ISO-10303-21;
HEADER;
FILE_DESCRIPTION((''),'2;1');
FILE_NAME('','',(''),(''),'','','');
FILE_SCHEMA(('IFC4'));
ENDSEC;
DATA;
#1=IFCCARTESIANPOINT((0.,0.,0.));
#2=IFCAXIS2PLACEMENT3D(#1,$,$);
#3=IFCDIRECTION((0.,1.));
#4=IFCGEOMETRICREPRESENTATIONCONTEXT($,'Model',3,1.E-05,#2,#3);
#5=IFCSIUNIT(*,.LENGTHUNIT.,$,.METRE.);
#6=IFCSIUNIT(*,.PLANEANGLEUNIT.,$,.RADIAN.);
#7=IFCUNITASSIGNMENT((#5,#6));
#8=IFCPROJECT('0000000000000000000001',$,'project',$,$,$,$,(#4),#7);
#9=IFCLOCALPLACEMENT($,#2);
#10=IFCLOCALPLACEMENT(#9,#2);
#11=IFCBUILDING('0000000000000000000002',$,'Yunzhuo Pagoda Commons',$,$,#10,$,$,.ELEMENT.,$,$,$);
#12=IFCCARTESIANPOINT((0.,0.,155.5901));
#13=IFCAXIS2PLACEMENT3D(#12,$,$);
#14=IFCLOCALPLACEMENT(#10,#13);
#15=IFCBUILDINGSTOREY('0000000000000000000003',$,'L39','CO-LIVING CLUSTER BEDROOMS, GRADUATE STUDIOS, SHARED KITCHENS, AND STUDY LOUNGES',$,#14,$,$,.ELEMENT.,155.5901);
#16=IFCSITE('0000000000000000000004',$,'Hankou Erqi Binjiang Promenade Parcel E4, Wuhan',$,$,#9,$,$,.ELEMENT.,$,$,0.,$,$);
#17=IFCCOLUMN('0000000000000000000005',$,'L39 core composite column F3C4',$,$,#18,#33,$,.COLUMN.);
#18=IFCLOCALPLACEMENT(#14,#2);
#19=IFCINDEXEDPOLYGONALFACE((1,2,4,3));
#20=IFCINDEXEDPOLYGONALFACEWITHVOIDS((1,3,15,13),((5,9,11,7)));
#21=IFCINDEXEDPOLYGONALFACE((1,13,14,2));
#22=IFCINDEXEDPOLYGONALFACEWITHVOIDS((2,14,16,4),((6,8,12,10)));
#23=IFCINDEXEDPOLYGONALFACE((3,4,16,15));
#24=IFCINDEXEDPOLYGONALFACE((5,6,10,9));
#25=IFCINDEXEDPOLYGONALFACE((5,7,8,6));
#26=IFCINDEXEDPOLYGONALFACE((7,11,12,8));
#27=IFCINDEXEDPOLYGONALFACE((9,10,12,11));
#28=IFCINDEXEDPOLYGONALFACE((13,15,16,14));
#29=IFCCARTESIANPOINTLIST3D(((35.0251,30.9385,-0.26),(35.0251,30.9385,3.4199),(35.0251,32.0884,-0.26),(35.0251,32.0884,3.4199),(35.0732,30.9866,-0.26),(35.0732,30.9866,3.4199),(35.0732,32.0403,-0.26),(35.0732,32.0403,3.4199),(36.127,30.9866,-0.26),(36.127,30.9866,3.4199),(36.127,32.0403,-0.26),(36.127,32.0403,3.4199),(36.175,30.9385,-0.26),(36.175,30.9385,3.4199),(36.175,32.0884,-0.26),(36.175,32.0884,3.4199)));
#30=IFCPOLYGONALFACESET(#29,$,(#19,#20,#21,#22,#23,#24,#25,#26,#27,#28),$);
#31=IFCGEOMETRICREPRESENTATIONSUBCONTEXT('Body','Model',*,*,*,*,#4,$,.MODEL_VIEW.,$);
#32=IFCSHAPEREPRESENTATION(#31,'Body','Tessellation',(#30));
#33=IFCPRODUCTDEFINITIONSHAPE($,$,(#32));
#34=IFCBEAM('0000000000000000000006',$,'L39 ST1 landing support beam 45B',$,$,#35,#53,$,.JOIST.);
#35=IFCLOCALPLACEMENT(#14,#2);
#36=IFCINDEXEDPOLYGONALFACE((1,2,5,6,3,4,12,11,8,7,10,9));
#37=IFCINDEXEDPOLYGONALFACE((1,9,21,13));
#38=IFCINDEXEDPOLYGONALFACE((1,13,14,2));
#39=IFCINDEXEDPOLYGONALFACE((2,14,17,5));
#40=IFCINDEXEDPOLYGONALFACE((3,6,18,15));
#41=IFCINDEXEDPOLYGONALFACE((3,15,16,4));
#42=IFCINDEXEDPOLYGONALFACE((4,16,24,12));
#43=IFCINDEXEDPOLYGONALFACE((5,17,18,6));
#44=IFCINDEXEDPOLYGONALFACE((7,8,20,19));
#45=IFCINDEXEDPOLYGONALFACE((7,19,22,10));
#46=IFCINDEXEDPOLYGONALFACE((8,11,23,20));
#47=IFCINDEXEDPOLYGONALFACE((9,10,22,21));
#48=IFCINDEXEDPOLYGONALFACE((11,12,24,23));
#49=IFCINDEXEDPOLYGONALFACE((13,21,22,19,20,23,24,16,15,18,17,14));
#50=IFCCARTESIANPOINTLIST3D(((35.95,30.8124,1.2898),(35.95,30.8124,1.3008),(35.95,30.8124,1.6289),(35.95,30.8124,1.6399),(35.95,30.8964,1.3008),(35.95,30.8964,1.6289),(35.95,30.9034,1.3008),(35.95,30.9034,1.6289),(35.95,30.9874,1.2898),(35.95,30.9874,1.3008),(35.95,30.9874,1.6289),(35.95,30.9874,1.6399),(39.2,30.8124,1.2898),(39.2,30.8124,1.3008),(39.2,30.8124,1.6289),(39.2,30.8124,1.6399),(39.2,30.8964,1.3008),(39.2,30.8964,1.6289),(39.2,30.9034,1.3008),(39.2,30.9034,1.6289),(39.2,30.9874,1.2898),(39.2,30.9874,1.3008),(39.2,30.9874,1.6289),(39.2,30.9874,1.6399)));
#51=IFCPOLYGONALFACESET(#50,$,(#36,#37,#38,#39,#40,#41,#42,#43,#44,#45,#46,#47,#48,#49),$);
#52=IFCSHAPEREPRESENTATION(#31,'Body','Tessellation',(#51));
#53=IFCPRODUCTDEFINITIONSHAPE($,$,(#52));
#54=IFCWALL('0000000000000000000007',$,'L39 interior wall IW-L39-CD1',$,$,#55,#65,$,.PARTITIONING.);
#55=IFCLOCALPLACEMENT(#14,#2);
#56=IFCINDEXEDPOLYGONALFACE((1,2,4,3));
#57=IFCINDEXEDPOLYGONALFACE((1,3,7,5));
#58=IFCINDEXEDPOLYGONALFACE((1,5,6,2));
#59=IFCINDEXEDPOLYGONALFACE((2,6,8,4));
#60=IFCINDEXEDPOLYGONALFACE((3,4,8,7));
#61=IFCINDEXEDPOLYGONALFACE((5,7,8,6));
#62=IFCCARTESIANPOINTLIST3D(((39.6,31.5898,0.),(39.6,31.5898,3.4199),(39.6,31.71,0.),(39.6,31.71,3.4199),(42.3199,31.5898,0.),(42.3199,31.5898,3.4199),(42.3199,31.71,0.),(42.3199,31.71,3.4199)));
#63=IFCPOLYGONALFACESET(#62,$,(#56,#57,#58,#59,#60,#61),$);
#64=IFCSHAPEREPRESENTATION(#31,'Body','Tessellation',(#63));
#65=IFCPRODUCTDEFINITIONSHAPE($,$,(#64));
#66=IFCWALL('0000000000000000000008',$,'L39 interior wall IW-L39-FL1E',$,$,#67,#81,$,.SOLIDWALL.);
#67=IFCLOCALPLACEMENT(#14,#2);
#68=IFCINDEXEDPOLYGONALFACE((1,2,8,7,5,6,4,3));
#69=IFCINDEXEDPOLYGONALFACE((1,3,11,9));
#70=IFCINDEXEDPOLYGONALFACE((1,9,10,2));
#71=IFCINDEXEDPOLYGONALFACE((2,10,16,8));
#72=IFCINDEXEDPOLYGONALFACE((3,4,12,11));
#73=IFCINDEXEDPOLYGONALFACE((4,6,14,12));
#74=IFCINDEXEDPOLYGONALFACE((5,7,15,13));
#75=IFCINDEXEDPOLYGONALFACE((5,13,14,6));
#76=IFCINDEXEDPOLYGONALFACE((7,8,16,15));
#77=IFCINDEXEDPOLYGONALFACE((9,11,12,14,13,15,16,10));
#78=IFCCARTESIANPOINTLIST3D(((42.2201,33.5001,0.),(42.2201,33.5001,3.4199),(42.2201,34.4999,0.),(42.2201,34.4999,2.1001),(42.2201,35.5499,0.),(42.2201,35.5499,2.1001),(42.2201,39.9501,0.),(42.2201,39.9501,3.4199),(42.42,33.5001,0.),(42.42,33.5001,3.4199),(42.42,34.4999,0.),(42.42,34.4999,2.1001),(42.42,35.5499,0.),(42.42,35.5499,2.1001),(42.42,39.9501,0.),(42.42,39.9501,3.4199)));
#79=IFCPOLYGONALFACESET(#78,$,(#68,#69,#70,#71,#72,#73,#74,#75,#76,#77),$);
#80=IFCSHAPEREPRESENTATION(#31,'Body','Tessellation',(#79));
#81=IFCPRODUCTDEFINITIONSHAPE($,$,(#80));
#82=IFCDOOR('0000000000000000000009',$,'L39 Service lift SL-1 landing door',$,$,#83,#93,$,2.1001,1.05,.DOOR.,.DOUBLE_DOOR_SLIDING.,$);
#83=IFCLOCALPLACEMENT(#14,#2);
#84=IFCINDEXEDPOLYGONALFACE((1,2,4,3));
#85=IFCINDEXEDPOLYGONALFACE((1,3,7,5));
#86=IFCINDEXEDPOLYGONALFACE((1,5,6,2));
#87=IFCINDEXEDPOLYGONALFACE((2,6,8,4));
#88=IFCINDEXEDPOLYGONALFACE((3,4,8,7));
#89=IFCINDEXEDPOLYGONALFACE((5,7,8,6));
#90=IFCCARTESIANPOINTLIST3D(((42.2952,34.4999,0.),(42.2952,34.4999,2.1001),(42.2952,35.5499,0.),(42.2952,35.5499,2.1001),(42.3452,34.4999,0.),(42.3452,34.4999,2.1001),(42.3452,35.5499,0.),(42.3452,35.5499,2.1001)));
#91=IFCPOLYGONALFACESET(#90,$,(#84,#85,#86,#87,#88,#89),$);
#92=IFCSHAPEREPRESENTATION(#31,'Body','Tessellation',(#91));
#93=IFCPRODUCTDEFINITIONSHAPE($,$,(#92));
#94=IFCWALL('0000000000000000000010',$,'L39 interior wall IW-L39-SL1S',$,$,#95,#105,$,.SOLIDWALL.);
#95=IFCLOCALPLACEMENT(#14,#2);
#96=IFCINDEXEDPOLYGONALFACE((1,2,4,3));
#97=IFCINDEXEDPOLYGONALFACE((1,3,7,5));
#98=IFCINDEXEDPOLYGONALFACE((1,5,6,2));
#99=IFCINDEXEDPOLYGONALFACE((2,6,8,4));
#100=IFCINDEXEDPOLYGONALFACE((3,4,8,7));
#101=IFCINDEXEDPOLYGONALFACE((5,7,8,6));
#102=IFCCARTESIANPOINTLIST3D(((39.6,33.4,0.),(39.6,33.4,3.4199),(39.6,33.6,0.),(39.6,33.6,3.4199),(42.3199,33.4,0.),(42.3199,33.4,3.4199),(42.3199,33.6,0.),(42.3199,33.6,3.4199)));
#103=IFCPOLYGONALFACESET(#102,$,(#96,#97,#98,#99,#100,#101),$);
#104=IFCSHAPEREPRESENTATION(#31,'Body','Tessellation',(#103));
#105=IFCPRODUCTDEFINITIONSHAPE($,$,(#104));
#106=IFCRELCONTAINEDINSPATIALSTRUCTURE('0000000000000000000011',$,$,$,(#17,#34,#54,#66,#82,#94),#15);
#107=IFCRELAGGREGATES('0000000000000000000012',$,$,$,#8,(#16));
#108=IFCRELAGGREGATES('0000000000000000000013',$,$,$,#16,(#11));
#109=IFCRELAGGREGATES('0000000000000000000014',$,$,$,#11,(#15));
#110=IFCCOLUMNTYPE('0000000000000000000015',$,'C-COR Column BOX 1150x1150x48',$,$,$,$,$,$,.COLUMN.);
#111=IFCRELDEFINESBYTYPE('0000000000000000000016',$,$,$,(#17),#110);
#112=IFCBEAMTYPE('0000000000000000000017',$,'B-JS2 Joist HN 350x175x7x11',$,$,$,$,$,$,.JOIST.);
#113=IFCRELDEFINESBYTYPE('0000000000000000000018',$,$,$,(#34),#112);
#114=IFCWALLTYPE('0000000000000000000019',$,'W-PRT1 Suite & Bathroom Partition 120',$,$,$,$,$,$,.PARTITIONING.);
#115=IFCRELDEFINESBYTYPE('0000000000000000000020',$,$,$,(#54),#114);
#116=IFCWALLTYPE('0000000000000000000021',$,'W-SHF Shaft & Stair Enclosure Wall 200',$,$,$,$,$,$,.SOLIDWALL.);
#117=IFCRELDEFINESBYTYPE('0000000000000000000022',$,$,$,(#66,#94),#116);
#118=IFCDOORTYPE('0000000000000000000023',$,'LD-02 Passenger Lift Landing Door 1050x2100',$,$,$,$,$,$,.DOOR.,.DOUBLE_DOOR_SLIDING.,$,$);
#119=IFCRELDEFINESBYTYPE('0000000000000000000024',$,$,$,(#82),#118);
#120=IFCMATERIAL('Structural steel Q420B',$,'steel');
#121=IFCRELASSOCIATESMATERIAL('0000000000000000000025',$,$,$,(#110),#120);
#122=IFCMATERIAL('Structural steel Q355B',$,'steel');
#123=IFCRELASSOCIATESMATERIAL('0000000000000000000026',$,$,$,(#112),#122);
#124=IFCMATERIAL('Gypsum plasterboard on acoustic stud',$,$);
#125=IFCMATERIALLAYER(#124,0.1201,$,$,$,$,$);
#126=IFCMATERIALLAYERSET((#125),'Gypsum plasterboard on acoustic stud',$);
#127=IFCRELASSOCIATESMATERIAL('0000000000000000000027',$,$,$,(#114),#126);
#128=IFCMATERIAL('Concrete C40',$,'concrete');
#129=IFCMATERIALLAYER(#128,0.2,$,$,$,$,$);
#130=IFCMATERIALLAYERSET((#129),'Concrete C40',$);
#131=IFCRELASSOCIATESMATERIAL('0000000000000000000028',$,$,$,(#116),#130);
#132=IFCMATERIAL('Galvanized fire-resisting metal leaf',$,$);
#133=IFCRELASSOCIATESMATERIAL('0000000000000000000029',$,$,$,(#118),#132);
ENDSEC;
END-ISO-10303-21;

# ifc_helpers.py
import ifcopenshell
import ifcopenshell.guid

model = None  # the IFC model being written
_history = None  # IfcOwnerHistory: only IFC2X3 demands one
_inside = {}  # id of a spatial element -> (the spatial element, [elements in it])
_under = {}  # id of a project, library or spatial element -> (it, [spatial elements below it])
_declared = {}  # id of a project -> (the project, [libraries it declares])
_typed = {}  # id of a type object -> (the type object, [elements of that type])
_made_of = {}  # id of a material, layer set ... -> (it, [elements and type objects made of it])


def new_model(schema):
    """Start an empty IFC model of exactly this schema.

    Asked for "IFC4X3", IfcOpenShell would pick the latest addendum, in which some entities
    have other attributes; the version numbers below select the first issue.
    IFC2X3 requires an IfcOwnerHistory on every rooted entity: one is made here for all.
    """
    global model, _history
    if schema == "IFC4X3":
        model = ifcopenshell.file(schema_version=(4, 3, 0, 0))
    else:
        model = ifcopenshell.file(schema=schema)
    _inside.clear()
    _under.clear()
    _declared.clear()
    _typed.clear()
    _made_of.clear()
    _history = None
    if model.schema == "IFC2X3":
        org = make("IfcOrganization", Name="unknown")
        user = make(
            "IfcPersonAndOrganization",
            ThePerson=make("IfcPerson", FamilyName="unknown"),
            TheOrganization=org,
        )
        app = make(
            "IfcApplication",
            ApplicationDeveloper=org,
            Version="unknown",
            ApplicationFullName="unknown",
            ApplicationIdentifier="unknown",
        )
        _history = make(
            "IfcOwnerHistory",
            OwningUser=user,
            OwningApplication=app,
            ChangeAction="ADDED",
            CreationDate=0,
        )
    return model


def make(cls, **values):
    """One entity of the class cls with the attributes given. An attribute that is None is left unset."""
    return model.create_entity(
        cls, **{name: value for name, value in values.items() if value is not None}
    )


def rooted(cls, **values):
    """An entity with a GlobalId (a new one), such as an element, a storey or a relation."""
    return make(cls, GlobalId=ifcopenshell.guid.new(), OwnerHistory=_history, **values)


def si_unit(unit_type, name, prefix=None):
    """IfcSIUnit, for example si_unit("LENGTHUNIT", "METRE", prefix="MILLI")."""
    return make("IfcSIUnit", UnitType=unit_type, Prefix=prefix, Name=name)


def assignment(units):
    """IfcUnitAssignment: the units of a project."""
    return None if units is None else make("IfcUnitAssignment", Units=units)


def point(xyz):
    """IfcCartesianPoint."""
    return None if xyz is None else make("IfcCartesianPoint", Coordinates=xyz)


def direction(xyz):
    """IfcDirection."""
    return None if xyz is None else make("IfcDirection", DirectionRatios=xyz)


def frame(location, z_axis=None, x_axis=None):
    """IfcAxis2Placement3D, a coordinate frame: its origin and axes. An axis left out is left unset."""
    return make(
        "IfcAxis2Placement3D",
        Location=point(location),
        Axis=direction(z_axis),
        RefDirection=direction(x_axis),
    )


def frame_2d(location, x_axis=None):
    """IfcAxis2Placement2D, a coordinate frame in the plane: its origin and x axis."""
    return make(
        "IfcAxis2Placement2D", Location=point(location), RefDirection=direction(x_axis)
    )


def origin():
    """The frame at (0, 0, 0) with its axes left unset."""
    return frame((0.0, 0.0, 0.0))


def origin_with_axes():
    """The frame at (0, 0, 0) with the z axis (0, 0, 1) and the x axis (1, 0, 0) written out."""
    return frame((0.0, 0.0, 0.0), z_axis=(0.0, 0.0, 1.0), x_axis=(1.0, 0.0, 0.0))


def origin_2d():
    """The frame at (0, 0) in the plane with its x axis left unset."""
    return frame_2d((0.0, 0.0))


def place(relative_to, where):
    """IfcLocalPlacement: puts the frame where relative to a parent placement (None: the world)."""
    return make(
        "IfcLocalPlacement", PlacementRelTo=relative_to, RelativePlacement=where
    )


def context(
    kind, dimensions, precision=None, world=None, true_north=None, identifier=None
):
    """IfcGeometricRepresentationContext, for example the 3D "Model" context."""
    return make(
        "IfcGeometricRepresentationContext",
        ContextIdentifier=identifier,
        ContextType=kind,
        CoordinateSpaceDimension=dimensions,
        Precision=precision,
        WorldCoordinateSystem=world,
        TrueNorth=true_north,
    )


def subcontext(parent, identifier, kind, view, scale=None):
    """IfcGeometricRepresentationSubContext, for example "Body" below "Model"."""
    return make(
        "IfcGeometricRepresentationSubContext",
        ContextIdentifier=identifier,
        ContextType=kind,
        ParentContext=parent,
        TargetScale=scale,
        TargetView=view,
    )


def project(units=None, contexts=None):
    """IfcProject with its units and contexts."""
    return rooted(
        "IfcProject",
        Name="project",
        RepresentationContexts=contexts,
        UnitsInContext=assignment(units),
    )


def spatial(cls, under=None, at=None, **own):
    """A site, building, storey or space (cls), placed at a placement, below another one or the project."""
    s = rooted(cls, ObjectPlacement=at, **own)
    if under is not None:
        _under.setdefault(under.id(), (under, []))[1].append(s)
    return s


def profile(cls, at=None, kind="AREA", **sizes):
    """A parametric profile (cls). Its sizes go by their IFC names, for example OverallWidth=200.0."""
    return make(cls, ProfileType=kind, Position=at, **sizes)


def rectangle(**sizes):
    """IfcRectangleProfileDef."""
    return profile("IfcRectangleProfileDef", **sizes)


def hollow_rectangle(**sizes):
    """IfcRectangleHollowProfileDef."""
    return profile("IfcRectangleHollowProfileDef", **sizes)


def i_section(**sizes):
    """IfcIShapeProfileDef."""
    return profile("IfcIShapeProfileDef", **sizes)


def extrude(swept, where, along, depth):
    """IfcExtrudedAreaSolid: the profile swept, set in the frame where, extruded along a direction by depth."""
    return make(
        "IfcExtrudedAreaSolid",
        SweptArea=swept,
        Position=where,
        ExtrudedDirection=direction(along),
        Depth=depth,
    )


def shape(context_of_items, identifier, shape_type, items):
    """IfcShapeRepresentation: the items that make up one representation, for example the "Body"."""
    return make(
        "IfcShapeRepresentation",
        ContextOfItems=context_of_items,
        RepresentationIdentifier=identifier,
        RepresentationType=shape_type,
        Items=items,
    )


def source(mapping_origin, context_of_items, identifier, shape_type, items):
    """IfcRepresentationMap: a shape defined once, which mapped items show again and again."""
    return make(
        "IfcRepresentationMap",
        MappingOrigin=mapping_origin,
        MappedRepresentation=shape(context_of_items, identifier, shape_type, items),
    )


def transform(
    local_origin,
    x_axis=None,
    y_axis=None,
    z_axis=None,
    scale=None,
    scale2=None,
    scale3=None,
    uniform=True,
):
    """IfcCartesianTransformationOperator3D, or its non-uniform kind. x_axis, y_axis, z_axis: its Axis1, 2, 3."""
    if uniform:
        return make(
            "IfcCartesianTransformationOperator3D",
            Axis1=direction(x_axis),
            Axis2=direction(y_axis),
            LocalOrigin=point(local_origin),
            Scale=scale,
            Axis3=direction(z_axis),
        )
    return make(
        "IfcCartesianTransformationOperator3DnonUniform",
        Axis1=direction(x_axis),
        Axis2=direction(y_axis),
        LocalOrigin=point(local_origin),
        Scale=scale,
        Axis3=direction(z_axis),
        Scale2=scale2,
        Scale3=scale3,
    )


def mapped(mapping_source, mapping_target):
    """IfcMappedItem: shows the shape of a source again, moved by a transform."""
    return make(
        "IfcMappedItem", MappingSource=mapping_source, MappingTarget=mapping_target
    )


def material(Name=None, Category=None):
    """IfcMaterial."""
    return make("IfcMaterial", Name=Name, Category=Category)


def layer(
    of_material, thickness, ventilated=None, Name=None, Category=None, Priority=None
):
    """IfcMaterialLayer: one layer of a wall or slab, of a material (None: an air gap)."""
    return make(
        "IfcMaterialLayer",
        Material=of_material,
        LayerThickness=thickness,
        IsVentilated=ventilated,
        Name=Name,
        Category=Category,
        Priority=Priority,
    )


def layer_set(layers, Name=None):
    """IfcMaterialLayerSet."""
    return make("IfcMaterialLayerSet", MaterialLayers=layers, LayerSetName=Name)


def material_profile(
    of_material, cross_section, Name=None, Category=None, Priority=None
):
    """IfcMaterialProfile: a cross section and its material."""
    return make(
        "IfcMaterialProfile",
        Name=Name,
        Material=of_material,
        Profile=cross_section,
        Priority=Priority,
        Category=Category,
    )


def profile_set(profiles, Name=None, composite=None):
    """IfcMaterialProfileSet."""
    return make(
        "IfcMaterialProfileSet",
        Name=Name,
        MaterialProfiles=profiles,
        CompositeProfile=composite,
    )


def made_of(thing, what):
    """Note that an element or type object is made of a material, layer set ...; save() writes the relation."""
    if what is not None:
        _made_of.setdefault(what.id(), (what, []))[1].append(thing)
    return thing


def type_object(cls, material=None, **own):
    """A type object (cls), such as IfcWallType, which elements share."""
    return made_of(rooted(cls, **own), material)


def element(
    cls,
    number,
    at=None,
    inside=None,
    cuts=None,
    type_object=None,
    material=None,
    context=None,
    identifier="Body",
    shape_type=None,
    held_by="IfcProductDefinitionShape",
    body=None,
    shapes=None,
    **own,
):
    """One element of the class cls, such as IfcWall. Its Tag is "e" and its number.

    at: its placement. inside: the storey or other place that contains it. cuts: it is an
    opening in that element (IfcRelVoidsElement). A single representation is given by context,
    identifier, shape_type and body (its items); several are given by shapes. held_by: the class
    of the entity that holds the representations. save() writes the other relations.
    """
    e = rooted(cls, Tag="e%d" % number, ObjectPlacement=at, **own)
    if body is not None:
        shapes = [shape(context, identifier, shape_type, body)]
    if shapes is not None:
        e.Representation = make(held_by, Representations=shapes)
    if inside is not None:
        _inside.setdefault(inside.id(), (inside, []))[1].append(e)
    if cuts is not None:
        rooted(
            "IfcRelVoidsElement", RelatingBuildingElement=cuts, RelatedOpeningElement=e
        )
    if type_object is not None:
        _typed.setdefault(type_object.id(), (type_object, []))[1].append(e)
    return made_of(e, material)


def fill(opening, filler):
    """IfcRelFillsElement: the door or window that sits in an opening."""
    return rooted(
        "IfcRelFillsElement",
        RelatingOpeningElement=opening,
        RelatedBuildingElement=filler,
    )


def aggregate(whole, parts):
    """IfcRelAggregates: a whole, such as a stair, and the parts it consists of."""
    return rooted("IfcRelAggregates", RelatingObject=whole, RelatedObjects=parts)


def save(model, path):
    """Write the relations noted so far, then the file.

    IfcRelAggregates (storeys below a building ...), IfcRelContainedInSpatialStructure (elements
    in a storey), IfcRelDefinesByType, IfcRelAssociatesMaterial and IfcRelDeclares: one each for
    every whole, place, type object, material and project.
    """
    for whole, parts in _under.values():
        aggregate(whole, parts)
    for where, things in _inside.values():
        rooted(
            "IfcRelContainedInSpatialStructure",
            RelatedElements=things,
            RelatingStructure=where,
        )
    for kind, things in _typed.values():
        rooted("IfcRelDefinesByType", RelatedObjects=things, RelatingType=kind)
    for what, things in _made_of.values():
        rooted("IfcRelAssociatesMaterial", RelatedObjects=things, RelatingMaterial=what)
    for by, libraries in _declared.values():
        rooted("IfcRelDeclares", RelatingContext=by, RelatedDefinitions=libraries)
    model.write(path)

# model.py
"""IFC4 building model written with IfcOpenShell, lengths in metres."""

from ifc_helpers import new_model, si_unit, direction, frame, frame_2d, origin, origin_with_axes, origin_2d, place, context, subcontext, project, spatial, rectangle, hollow_rectangle, i_section, extrude, source, transform, mapped, material, layer, layer_set, material_profile, profile_set, type_object, element, fill, save


model = new_model("IFC4")

# Units and contexts
model_context = context("Model", 3, precision=1e-05, world=origin(), true_north=direction((0.0, 1.0)))
body_context = subcontext(model_context, "Body", "Model", "MODEL_VIEW")
ifc_project = project(units=[si_unit("LENGTHUNIT", "METRE"), si_unit("PLANEANGLEUNIT", "RADIAN")], contexts=[model_context])

# Site, building, storey
site_placement = place(None, origin())
site = spatial("IfcSite", under=ifc_project, at=site_placement, Name="Hankou Erqi Binjiang Promenade Parcel E4, Wuhan", CompositionType="ELEMENT", RefElevation=0.0)
building_placement = place(site_placement, origin())
building = spatial("IfcBuilding", under=site, at=building_placement, Name="Yunzhuo Pagoda Commons", CompositionType="ELEMENT")
storey_placement = place(building_placement, frame((0.0, 0.0, 155.5901)))
storey = spatial("IfcBuildingStorey", under=building, at=storey_placement, Name="L39", Description="CO-LIVING CLUSTER BEDROOMS, GRADUATE STUDIOS, SHARED KITCHENS, AND STUDY LOUNGES", CompositionType="ELEMENT", Elevation=155.5901)

# Column
ifc_material_1 = material(Name="Structural steel Q420B", Category="steel")
ifc_material_profile_1 = material_profile(ifc_material_1, hollow_rectangle(XDim=1.1499, YDim=1.1499, WallThickness=0.0481, at=origin_2d()), Name="Structural steel Q420B")
ifc_profile_set_1 = profile_set([ifc_material_profile_1], Name="Structural steel Q420B")
column_type = type_object("IfcColumnType", Name="C-COR Column BOX 1150x1150x48", PredefinedType="COLUMN", material=ifc_profile_set_1)
shared_shape_1 = source(origin(), body_context, "Body", "SweptSolid", [
    extrude(hollow_rectangle(XDim=1.1499, YDim=1.1499, WallThickness=0.0481, at=origin_2d()), origin(), (0.0, 0.0, 1.0), 3.6799),
])
column_placement = place(storey_placement, frame((35.6001, 31.5134, -0.26), z_axis=(0.0, 0.0, 1.0), x_axis=(1.0, 0.0, 0.0)))
element("IfcColumn", 1, at=column_placement, inside=storey, type_object=column_type, Name="L39 core composite column F3C4", PredefinedType="COLUMN", context=body_context, shape_type="MappedRepresentation", body=[
    mapped(shared_shape_1, transform((0.0, 0.0, 0.0), scale=1.0)),
])

# Beam
ifc_material_2 = material(Name="Structural steel Q355B", Category="steel")
ifc_material_profile_2 = material_profile(ifc_material_2, i_section(OverallWidth=0.175, OverallDepth=0.3501, WebThickness=0.0071, FlangeThickness=0.011, at=origin_2d()), Name="Structural steel Q355B")
ifc_profile_set_2 = profile_set([ifc_material_profile_2], Name="Structural steel Q355B")
beam_type = type_object("IfcBeamType", Name="B-JS2 Joist HN 350x175x7x11", PredefinedType="JOIST", material=ifc_profile_set_2)
shared_shape_2 = source(origin(), body_context, "Body", "SweptSolid", [
    extrude(i_section(OverallWidth=0.175, OverallDepth=0.3501, WebThickness=0.0071, FlangeThickness=0.011, at=origin_2d()), origin(), (0.0, 0.0, 1.0), 3.25),
])
beam_placement = place(storey_placement, frame((35.95, 30.8999, 1.4648), z_axis=(1.0, 0.0, 0.0), x_axis=(0.0, 1.0, 0.0)))
element("IfcBeam", 2, at=beam_placement, inside=storey, type_object=beam_type, Name="L39 ST1 landing support beam 45B", PredefinedType="JOIST", context=body_context, shape_type="MappedRepresentation", body=[
    mapped(shared_shape_2, transform((0.0, 0.0, 0.0), scale=1.0)),
])

# Wall
ifc_material_3 = material(Name="Gypsum plasterboard on acoustic stud")
ifc_layer_1 = layer(ifc_material_3, 0.1201)
ifc_layer_set_1 = layer_set([ifc_layer_1], Name="Gypsum plasterboard on acoustic stud")
wall_type_1 = type_object("IfcWallType", Name="W-PRT1 Suite & Bathroom Partition 120", PredefinedType="PARTITIONING", material=ifc_layer_set_1)
wall_1_placement = place(storey_placement, frame((39.6001, 31.6499, 0.0), z_axis=(0.0, 0.0, 1.0), x_axis=(1.0, 0.0, 0.0)))
element("IfcWall", 3, at=wall_1_placement, inside=storey, type_object=wall_type_1, Name="L39 interior wall IW-L39-CD1", PredefinedType="PARTITIONING", context=body_context, shape_type="SweptSolid", body=[
    extrude(rectangle(XDim=2.72, YDim=0.1201, at=frame_2d((1.3599, 0.0))), origin(), (0.0, 0.0, 1.0), 3.4199),
])

# Wall, opening, door
ifc_material_4 = material(Name="Concrete C40", Category="concrete")
ifc_layer_2 = layer(ifc_material_4, 0.2)
ifc_layer_set_2 = layer_set([ifc_layer_2], Name="Concrete C40")
wall_type_2 = type_object("IfcWallType", Name="W-SHF Shaft & Stair Enclosure Wall 200", PredefinedType="SOLIDWALL", material=ifc_layer_set_2)
wall_2_placement = place(storey_placement, frame((42.3201, 33.5, 0.0), z_axis=(0.0, 0.0, 1.0), x_axis=(0.0, 1.0, 0.0)))
wall_2 = element("IfcWall", 4, at=wall_2_placement, inside=storey, type_object=wall_type_2, Name="L39 interior wall IW-L39-FL1E", PredefinedType="SOLIDWALL", context=body_context, shape_type="SweptSolid", body=[
    extrude(rectangle(XDim=6.45, YDim=0.2, at=frame_2d((3.2251, 0.0))), origin(), (0.0, 0.0, 1.0), 3.4199),
])
opening_1_placement = place(wall_2_placement, frame((1.0, 0.0, 0.0)))
opening_1 = element("IfcOpeningElement", 5, at=opening_1_placement, cuts=wall_2, PredefinedType="OPENING", context=body_context, shape_type="SweptSolid", body=[
    extrude(rectangle(XDim=1.05, YDim=2.1001, at=frame_2d((0.5249, 1.05))), frame((0.0, 0.1099, 0.0), z_axis=(0.0, -1.0, 0.0), x_axis=(1.0, 0.0, 0.0)), (0.0, 0.0, 1.0), 0.22),
])
ifc_material_5 = material(Name="Galvanized fire-resisting metal leaf")
door_type = type_object("IfcDoorType", Name="LD-02 Passenger Lift Landing Door 1050x2100", OperationType="DOUBLE_DOOR_SLIDING", PredefinedType="DOOR", material=ifc_material_5)
shared_shape_3 = source(origin(), body_context, "Body", "SweptSolid", [
    extrude(rectangle(XDim=1.05, YDim=2.1001, at=frame_2d((0.5249, 1.05))), frame((0.0, 0.0249, 0.0), z_axis=(0.0, -1.0, 0.0), x_axis=(1.0, 0.0, 0.0)), (0.0, 0.0, 1.0), 0.05),
])
door_1_placement = place(opening_1_placement, origin_with_axes())
door_1 = element("IfcDoor", 6, at=door_1_placement, inside=storey, type_object=door_type, Name="L39 Service lift SL-1 landing door", OperationType="DOUBLE_DOOR_SLIDING", OverallHeight=2.1001, OverallWidth=1.05, PredefinedType="DOOR", context=body_context, shape_type="MappedRepresentation", body=[
    mapped(shared_shape_3, transform((0.0, 0.0, 0.0), scale=1.0)),
])
fill(opening_1, door_1)

# Wall
wall_3_placement = place(storey_placement, frame((39.6001, 33.5, 0.0), z_axis=(0.0, 0.0, 1.0), x_axis=(1.0, 0.0, 0.0)))
element("IfcWall", 7, at=wall_3_placement, inside=storey, type_object=wall_type_2, Name="L39 interior wall IW-L39-SL1S", PredefinedType="SOLIDWALL", context=body_context, shape_type="SweptSolid", body=[
    extrude(rectangle(XDim=2.72, YDim=0.2, at=frame_2d((1.3599, 0.0))), origin(), (0.0, 0.0, 1.0), 3.4199),
])

save(model, "model.ifc")
